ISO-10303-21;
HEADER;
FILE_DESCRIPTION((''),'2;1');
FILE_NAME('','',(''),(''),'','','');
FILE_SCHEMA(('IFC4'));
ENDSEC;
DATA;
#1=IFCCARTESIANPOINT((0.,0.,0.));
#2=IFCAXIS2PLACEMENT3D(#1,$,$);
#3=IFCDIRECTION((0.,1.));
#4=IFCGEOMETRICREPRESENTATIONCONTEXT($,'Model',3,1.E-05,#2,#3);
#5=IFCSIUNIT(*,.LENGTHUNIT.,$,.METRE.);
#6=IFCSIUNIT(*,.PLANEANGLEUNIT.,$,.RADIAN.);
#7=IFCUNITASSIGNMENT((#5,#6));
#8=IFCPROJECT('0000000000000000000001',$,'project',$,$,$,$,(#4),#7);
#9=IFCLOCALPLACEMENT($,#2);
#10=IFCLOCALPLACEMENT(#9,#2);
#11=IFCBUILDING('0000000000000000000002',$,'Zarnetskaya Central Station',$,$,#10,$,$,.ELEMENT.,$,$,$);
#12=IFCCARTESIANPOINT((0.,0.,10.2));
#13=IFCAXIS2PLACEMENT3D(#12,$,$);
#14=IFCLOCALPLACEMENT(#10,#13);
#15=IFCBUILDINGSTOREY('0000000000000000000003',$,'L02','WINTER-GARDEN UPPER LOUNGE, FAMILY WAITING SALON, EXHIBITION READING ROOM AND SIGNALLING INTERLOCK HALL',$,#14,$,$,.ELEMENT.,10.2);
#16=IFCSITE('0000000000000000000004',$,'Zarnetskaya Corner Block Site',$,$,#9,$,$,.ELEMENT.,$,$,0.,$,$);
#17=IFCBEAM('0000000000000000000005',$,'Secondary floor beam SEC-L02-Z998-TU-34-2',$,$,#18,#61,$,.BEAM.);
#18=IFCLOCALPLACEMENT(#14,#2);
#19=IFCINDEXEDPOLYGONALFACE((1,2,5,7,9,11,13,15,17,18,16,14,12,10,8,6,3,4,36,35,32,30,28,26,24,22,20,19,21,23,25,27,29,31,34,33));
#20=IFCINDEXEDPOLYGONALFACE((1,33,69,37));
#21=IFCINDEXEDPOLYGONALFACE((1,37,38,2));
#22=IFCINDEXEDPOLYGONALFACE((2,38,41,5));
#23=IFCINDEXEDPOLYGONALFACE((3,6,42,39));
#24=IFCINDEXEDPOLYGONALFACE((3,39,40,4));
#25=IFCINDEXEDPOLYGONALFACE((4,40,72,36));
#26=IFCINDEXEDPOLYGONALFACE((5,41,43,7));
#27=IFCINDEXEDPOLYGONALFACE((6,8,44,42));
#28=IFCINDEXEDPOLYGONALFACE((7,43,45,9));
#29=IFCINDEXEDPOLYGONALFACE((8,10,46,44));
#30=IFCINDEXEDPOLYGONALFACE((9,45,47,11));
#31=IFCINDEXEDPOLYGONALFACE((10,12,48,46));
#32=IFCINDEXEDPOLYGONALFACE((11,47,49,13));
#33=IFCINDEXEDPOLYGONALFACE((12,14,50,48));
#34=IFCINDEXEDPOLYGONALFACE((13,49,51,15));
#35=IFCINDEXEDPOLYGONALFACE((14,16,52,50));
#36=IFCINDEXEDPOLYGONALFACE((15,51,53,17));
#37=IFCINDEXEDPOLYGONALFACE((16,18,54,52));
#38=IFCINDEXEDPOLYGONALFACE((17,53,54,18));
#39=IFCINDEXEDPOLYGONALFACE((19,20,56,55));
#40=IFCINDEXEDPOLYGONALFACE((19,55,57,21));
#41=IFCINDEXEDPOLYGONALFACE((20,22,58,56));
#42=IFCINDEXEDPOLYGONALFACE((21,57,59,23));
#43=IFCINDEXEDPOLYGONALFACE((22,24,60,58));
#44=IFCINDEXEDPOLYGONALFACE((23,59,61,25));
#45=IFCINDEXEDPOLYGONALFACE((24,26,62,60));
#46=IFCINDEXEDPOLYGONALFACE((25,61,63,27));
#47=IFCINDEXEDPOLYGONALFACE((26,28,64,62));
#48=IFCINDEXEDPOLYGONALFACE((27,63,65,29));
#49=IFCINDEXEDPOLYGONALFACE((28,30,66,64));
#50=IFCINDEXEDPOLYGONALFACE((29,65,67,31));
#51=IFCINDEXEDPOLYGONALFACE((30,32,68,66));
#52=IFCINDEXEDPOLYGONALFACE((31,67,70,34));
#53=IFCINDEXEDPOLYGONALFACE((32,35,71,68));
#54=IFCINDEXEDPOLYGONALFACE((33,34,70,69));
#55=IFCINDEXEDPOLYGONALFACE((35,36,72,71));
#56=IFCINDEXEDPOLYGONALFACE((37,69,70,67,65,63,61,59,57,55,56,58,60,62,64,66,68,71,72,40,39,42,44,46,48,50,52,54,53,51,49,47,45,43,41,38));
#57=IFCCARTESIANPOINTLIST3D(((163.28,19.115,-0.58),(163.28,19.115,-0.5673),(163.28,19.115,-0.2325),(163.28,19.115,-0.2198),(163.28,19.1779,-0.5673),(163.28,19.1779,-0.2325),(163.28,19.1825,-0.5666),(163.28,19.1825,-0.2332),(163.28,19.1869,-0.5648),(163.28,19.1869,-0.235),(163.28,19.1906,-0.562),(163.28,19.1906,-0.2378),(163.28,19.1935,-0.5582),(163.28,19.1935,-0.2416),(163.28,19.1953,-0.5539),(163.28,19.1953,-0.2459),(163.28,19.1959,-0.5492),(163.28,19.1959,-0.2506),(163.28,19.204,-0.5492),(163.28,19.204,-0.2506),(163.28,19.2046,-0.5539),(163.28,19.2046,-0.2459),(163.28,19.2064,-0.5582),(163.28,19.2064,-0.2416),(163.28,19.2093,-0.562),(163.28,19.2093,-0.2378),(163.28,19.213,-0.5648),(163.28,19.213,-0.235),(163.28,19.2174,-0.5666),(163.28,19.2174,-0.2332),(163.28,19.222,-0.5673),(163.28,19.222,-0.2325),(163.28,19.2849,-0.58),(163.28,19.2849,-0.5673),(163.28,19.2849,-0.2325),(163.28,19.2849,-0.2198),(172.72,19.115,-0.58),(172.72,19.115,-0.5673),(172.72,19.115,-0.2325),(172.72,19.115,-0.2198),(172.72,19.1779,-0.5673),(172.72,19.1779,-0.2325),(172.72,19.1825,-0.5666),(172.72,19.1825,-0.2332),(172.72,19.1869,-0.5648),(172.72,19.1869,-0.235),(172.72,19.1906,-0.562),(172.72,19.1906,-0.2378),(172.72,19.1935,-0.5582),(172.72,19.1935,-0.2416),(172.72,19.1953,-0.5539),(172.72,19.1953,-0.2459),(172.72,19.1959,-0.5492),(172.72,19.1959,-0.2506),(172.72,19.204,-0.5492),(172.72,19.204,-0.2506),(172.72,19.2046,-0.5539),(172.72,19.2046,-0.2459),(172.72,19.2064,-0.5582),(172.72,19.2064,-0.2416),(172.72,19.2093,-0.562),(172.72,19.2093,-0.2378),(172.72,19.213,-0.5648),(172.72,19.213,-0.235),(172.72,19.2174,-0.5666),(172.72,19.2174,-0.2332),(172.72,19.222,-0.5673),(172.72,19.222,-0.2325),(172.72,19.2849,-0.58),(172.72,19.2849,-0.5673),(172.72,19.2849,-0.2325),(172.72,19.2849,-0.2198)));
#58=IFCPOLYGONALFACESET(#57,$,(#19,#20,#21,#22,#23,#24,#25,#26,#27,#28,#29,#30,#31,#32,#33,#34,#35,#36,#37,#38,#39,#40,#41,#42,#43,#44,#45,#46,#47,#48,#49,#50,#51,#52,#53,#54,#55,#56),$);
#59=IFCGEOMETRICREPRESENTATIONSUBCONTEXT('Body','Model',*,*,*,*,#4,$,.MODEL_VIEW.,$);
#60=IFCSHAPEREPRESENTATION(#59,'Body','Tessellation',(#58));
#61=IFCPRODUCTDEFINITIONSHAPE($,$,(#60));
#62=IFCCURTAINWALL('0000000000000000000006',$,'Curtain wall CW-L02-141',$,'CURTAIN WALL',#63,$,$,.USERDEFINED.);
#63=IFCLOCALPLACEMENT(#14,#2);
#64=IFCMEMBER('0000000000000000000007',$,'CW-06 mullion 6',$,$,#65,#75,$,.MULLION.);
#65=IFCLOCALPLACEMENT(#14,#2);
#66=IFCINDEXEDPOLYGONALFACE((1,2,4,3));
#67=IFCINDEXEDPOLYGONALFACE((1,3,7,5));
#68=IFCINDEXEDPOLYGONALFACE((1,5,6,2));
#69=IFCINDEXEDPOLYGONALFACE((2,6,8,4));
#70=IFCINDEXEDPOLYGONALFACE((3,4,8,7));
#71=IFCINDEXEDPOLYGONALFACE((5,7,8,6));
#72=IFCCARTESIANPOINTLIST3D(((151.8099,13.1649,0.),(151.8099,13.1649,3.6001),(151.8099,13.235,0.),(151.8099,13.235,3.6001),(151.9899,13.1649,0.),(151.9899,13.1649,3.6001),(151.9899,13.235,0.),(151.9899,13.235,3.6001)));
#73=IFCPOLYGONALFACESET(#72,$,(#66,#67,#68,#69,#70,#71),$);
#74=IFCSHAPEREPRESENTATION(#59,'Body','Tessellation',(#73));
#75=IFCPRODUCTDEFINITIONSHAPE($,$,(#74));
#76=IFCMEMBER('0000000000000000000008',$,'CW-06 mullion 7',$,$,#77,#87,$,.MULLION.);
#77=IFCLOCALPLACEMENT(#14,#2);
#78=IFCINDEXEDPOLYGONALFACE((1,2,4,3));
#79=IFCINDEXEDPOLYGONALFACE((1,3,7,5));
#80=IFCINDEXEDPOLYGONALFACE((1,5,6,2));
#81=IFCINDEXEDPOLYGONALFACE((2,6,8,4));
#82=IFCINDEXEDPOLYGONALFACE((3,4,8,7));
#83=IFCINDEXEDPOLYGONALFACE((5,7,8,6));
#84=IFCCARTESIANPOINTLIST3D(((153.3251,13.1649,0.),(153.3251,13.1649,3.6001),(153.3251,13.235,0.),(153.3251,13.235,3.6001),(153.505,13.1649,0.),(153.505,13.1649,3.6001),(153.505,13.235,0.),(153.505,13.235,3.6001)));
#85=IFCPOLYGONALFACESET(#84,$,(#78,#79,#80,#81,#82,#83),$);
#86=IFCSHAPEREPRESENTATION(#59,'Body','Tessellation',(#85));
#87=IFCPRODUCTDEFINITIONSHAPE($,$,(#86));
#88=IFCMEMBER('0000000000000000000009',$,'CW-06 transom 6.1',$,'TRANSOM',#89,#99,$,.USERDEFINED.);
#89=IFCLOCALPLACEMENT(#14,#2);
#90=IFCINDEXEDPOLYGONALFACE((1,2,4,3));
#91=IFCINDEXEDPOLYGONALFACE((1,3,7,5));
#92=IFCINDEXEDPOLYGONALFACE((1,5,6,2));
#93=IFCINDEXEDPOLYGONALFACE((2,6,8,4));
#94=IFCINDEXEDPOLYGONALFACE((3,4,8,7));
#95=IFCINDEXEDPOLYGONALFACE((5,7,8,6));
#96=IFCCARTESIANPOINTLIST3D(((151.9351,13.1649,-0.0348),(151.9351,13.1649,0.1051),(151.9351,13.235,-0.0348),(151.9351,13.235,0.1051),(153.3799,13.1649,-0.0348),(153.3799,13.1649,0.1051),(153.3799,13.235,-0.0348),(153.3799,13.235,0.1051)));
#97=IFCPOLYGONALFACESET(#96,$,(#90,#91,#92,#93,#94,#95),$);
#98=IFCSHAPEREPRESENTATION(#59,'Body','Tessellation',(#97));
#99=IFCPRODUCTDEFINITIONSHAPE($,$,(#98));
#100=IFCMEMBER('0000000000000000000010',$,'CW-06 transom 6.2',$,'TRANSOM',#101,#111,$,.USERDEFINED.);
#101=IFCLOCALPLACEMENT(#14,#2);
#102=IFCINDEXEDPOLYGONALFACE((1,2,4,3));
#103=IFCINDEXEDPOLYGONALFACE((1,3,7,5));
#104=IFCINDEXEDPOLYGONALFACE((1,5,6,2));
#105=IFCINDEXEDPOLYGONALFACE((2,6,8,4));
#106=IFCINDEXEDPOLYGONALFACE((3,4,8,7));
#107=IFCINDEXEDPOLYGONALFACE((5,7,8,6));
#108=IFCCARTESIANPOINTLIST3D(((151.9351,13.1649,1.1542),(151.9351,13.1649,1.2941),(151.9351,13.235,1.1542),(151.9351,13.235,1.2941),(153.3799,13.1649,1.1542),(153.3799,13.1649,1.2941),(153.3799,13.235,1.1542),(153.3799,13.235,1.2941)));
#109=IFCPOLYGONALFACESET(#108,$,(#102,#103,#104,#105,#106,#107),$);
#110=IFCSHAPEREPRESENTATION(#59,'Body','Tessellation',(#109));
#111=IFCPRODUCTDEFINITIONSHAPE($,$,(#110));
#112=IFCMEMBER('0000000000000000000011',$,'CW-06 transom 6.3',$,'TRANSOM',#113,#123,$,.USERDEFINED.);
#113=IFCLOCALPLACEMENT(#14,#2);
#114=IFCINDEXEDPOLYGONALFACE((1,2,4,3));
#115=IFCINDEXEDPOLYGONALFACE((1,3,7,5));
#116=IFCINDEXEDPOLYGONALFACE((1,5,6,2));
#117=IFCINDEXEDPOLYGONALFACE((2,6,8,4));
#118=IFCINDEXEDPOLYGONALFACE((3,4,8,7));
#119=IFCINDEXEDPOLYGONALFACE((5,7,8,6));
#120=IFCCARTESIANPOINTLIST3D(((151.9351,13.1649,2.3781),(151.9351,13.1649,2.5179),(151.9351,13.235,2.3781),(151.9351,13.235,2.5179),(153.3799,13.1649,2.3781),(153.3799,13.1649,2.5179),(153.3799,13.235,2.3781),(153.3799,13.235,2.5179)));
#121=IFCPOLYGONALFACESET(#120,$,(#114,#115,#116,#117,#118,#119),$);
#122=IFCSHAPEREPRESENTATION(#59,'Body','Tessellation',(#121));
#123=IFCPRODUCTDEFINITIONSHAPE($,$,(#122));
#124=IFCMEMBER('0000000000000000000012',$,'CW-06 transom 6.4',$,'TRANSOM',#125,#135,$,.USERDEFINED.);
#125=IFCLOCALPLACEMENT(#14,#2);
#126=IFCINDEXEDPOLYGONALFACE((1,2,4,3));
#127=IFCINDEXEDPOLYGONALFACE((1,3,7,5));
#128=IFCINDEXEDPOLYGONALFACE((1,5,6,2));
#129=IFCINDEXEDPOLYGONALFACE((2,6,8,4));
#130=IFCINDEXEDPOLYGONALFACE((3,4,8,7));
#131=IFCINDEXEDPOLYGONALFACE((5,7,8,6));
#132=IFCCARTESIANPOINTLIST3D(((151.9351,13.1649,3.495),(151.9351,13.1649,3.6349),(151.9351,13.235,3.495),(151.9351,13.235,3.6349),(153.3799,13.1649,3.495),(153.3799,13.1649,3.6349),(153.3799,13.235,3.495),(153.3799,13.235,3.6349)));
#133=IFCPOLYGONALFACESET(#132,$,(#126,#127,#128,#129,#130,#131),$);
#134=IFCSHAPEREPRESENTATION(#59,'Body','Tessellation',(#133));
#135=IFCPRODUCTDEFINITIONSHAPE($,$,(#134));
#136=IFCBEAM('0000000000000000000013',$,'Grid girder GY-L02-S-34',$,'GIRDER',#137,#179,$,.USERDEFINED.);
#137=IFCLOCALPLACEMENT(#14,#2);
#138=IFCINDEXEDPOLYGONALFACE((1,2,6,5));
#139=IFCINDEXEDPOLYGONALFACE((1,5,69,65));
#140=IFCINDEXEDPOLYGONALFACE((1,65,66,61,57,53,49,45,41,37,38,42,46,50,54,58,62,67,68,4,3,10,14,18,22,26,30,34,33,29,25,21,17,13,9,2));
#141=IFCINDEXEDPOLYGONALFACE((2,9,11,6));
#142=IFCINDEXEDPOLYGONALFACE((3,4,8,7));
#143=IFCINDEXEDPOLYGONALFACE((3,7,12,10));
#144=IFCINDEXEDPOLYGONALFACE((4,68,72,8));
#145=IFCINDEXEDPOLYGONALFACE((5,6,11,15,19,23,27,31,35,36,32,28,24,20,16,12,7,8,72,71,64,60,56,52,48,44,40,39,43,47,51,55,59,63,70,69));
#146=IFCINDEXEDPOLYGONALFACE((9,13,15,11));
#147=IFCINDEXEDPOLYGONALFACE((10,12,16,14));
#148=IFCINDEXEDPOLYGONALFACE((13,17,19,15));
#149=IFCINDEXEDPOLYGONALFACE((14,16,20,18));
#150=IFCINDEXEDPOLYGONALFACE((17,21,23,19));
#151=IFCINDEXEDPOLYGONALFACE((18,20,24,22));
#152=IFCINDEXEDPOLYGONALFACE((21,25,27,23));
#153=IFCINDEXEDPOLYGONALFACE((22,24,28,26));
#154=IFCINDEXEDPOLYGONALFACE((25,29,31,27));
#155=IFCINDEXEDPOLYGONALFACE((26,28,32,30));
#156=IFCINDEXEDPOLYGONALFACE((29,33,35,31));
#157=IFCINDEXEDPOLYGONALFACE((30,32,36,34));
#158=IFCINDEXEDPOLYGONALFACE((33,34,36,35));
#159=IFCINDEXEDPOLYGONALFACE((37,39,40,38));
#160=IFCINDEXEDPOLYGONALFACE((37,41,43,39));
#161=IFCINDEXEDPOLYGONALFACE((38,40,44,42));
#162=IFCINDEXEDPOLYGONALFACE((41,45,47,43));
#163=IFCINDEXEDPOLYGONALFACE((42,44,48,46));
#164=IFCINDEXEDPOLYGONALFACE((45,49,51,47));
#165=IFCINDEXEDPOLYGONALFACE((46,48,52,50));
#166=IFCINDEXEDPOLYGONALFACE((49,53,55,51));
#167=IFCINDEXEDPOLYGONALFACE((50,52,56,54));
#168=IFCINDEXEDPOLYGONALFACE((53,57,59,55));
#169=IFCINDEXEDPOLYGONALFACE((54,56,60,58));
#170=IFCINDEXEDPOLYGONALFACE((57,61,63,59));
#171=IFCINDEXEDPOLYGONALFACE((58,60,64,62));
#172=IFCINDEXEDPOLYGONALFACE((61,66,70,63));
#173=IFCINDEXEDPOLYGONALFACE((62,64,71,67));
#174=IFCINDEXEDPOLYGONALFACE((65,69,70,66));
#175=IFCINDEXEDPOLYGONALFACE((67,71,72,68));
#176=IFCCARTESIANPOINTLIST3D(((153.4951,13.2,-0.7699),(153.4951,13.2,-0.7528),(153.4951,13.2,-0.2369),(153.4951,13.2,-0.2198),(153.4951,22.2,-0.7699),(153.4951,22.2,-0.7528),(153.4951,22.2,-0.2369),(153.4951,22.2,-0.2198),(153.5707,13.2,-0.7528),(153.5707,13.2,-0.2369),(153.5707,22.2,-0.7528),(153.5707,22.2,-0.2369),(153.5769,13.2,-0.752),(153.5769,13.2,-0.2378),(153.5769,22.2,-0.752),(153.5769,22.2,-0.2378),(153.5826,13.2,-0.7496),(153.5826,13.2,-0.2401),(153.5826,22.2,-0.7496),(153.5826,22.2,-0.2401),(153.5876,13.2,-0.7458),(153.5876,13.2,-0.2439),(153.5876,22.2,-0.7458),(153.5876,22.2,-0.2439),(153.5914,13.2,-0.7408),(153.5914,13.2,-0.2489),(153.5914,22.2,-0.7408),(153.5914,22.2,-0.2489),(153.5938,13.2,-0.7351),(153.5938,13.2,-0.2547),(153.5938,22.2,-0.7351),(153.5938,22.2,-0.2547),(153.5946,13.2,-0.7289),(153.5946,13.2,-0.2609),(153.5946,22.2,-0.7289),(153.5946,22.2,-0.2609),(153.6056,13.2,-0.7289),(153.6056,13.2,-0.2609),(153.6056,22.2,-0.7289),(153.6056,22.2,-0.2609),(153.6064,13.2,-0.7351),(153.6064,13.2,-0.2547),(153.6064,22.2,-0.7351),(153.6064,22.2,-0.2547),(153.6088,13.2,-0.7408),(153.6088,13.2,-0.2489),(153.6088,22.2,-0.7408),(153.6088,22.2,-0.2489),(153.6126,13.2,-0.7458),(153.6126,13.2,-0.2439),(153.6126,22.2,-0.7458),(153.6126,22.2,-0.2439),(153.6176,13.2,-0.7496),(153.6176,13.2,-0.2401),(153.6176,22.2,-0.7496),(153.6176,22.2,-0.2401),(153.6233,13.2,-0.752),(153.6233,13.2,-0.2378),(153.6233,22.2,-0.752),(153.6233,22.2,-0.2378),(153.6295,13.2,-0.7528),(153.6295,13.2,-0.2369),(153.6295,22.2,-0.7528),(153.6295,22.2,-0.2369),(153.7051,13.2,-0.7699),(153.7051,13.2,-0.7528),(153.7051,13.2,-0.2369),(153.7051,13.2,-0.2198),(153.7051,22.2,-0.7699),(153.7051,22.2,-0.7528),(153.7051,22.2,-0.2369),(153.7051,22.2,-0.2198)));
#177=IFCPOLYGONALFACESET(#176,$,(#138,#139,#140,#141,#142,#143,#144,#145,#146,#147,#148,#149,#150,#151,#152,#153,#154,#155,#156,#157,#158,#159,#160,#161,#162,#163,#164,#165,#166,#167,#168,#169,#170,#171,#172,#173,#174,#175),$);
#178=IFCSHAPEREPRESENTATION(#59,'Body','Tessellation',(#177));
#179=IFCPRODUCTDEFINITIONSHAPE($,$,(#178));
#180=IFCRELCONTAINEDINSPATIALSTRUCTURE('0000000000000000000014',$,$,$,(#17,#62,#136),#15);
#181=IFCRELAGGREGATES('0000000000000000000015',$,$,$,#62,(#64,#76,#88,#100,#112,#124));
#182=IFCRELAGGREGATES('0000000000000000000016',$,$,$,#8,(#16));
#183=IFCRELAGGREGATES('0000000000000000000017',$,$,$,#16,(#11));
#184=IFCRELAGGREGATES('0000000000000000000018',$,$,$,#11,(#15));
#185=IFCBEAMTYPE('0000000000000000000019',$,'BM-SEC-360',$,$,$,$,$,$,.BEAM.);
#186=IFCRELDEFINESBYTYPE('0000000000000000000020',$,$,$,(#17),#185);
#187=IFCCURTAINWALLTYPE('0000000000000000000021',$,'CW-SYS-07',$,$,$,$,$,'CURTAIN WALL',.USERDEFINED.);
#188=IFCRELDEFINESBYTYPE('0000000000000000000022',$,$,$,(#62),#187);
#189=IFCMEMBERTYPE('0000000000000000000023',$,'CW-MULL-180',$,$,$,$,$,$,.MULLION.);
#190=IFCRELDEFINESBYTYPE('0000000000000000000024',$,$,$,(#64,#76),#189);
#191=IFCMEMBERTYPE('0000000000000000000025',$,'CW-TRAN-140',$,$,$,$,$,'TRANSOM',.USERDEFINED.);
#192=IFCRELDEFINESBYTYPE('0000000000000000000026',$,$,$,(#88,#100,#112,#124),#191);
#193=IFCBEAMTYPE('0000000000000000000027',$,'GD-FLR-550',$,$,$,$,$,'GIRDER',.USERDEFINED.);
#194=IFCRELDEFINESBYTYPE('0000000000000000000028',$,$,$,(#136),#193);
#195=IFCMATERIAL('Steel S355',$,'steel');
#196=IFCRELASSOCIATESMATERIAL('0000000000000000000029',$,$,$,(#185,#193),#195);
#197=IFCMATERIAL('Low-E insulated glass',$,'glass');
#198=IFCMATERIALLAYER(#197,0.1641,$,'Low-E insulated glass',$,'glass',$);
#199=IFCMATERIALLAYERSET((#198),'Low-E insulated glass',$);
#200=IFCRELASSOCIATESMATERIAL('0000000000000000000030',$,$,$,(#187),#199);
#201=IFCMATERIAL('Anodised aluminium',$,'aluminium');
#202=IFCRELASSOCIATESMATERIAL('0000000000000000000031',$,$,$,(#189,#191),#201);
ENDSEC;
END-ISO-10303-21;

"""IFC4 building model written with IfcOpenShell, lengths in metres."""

from ifc_helpers import new_model, si_unit, direction, frame, origin, origin_2d, place, context, subcontext, project, spatial, rectangle, i_section, extrude, material, layer, layer_set, material_profile, profile_set, type_object, element, aggregate, save


model = new_model("IFC4")

# Units and contexts
model_context = context("Model", 3, precision=1e-05, world=origin(), true_north=direction((0.0, 1.0)))
body_context = subcontext(model_context, "Body", "Model", "MODEL_VIEW")
ifc_project = project(units=[si_unit("LENGTHUNIT", "METRE"), si_unit("PLANEANGLEUNIT", "RADIAN")], contexts=[model_context])

# Site, building, storey
site_placement = place(None, origin())
site = spatial("IfcSite", under=ifc_project, at=site_placement, Name="Zarnetskaya Corner Block Site", CompositionType="ELEMENT", RefElevation=0.0)
building_placement = place(site_placement, origin())
building = spatial("IfcBuilding", under=site, at=building_placement, Name="Zarnetskaya Central Station", CompositionType="ELEMENT")
storey_placement = place(building_placement, frame((0.0, 0.0, 10.2)))
storey = spatial("IfcBuildingStorey", under=building, at=storey_placement, Name="L02", Description="WINTER-GARDEN UPPER LOUNGE, FAMILY WAITING SALON, EXHIBITION READING ROOM AND SIGNALLING INTERLOCK HALL", CompositionType="ELEMENT", Elevation=10.2)

# Shared definitions
ifc_material_1 = material(Name="Steel S355", Category="steel")

# Beam
ifc_material_profile_1 = material_profile(ifc_material_1, i_section(OverallWidth=0.1699, OverallDepth=0.3601, WebThickness=0.0081, FlangeThickness=0.0127, FilletRadius=0.0181, at=origin_2d()), Name="IPE 360")
ifc_profile_set_1 = profile_set([ifc_material_profile_1], Name="Steel S355")
beam_type_1 = type_object("IfcBeamType", Name="BM-SEC-360", PredefinedType="BEAM", material=ifc_profile_set_1)
for number, where, z_axis, x_axis, name in (
    (1, (163.28, 19.2, -0.3999), (1.0, 0.0, 0.0), (0.0, 1.0, 0.0), "Secondary floor beam SEC-L02-Z998-TU-34-2"),
):
    element("IfcBeam", number, at=place(storey_placement, frame(where, z_axis=z_axis, x_axis=x_axis)), inside=storey, type_object=beam_type_1, Name=name, PredefinedType="BEAM", context=body_context, shape_type="SweptSolid", body=[
        extrude(i_section(OverallWidth=0.1699, OverallDepth=0.3601, WebThickness=0.0081, FlangeThickness=0.0127, FilletRadius=0.0181, at=origin_2d()), origin(), (0.0, 0.0, 1.0), 9.4399),
    ])

# Curtain wall, members
ifc_material_2 = material(Name="Low-E insulated glass", Category="glass")
ifc_layer_1 = layer(ifc_material_2, 0.1641, Name="Low-E insulated glass", Category="glass")
ifc_layer_set_1 = layer_set([ifc_layer_1], Name="Low-E insulated glass")
curtain_wall_type = type_object("IfcCurtainWallType", Name="CW-SYS-07", ElementType="CURTAIN WALL", PredefinedType="USERDEFINED", material=ifc_layer_set_1)
curtain_wall_placement = place(storey_placement, origin())
curtain_wall = element("IfcCurtainWall", 2, at=curtain_wall_placement, inside=storey, type_object=curtain_wall_type, Name="Curtain wall CW-L02-141", ObjectType="CURTAIN WALL", PredefinedType="USERDEFINED")
ifc_material_3 = material(Name="Anodised aluminium", Category="aluminium")
ifc_material_profile_2 = material_profile(ifc_material_3, rectangle(XDim=0.0701, YDim=0.1799, at=origin_2d()), Name="ALU MULL 70x180")
ifc_profile_set_2 = profile_set([ifc_material_profile_2], Name="Anodised aluminium")
member_type_1 = type_object("IfcMemberType", Name="CW-MULL-180", PredefinedType="MULLION", material=ifc_profile_set_2)
member_1_placement = place(storey_placement, frame((151.8999, 13.2, 0.0), z_axis=(0.0, 0.0, 1.0), x_axis=(0.0, 1.0, 0.0)))
member_1 = element("IfcMember", 3, at=member_1_placement, type_object=member_type_1, Name="CW-06 mullion 6", PredefinedType="MULLION", context=body_context, shape_type="SweptSolid", body=[
    extrude(rectangle(XDim=0.0701, YDim=0.1799, at=origin_2d()), origin(), (0.0, 0.0, 1.0), 3.6001),
])
member_2_placement = place(storey_placement, frame((153.415, 13.2, 0.0), z_axis=(0.0, 0.0, 1.0), x_axis=(0.0, 1.0, 0.0)))
member_2 = element("IfcMember", 4, at=member_2_placement, type_object=member_type_1, Name="CW-06 mullion 7", PredefinedType="MULLION", context=body_context, shape_type="SweptSolid", body=[
    extrude(rectangle(XDim=0.0701, YDim=0.1799, at=origin_2d()), origin(), (0.0, 0.0, 1.0), 3.6001),
])
ifc_material_profile_3 = material_profile(ifc_material_3, rectangle(XDim=0.0701, YDim=0.1399, at=origin_2d()), Name="ALU TRAN 70x140")
ifc_profile_set_3 = profile_set([ifc_material_profile_3], Name="Anodised aluminium")
member_type_2 = type_object("IfcMemberType", Name="CW-TRAN-140", ElementType="TRANSOM", PredefinedType="USERDEFINED", material=ifc_profile_set_3)
member_3_placement = place(storey_placement, frame((151.9351, 13.2, 0.0352), z_axis=(1.0, 0.0, 0.0), x_axis=(0.0, 1.0, 0.0)))
member_3 = element("IfcMember", 5, at=member_3_placement, type_object=member_type_2, Name="CW-06 transom 6.1", ObjectType="TRANSOM", PredefinedType="USERDEFINED", context=body_context, shape_type="SweptSolid", body=[
    extrude(rectangle(XDim=0.0701, YDim=0.1399, at=origin_2d()), origin(), (0.0, 0.0, 1.0), 1.4448),
])
member_4_placement = place(storey_placement, frame((151.9351, 13.2, 1.2241), z_axis=(1.0, 0.0, 0.0), x_axis=(0.0, 1.0, 0.0)))
member_4 = element("IfcMember", 6, at=member_4_placement, type_object=member_type_2, Name="CW-06 transom 6.2", ObjectType="TRANSOM", PredefinedType="USERDEFINED", context=body_context, shape_type="SweptSolid", body=[
    extrude(rectangle(XDim=0.0701, YDim=0.1399, at=origin_2d()), origin(), (0.0, 0.0, 1.0), 1.4448),
])
member_5_placement = place(storey_placement, frame((151.9351, 13.2, 2.448), z_axis=(1.0, 0.0, 0.0), x_axis=(0.0, 1.0, 0.0)))
member_5 = element("IfcMember", 7, at=member_5_placement, type_object=member_type_2, Name="CW-06 transom 6.3", ObjectType="TRANSOM", PredefinedType="USERDEFINED", context=body_context, shape_type="SweptSolid", body=[
    extrude(rectangle(XDim=0.0701, YDim=0.1399, at=origin_2d()), origin(), (0.0, 0.0, 1.0), 1.4448),
])
member_6_placement = place(storey_placement, frame((151.9351, 13.2, 3.5649), z_axis=(1.0, 0.0, 0.0), x_axis=(0.0, 1.0, 0.0)))
member_6 = element("IfcMember", 8, at=member_6_placement, type_object=member_type_2, Name="CW-06 transom 6.4", ObjectType="TRANSOM", PredefinedType="USERDEFINED", context=body_context, shape_type="SweptSolid", body=[
    extrude(rectangle(XDim=0.0701, YDim=0.1399, at=origin_2d()), origin(), (0.0, 0.0, 1.0), 1.4448),
])

# Beam
ifc_material_profile_4 = material_profile(ifc_material_1, i_section(OverallWidth=0.21, OverallDepth=0.55, WebThickness=0.011, FlangeThickness=0.0171, FilletRadius=0.0239, at=origin_2d()), Name="IPE 550")
ifc_profile_set_4 = profile_set([ifc_material_profile_4], Name="Steel S355")
beam_type_2 = type_object("IfcBeamType", Name="GD-FLR-550", ElementType="GIRDER", PredefinedType="USERDEFINED", material=ifc_profile_set_4)
for number, where, z_axis, x_axis, name in (
    (9, (153.6001, 13.2, -0.4949), (0.0, 1.0, 0.0), (-1.0, 0.0, 0.0), "Grid girder GY-L02-S-34"),
):
    element("IfcBeam", number, at=place(storey_placement, frame(where, z_axis=z_axis, x_axis=x_axis)), inside=storey, type_object=beam_type_2, Name=name, ObjectType="GIRDER", PredefinedType="USERDEFINED", context=body_context, shape_type="SweptSolid", body=[
        extrude(i_section(OverallWidth=0.21, OverallDepth=0.55, WebThickness=0.011, FlangeThickness=0.0171, FilletRadius=0.0239, at=origin_2d()), origin(), (0.0, 0.0, 1.0), 9.0),
    ])

aggregate(curtain_wall, [member_1, member_2, member_3, member_4, member_5, member_6])

save(model, "model.ifc")
